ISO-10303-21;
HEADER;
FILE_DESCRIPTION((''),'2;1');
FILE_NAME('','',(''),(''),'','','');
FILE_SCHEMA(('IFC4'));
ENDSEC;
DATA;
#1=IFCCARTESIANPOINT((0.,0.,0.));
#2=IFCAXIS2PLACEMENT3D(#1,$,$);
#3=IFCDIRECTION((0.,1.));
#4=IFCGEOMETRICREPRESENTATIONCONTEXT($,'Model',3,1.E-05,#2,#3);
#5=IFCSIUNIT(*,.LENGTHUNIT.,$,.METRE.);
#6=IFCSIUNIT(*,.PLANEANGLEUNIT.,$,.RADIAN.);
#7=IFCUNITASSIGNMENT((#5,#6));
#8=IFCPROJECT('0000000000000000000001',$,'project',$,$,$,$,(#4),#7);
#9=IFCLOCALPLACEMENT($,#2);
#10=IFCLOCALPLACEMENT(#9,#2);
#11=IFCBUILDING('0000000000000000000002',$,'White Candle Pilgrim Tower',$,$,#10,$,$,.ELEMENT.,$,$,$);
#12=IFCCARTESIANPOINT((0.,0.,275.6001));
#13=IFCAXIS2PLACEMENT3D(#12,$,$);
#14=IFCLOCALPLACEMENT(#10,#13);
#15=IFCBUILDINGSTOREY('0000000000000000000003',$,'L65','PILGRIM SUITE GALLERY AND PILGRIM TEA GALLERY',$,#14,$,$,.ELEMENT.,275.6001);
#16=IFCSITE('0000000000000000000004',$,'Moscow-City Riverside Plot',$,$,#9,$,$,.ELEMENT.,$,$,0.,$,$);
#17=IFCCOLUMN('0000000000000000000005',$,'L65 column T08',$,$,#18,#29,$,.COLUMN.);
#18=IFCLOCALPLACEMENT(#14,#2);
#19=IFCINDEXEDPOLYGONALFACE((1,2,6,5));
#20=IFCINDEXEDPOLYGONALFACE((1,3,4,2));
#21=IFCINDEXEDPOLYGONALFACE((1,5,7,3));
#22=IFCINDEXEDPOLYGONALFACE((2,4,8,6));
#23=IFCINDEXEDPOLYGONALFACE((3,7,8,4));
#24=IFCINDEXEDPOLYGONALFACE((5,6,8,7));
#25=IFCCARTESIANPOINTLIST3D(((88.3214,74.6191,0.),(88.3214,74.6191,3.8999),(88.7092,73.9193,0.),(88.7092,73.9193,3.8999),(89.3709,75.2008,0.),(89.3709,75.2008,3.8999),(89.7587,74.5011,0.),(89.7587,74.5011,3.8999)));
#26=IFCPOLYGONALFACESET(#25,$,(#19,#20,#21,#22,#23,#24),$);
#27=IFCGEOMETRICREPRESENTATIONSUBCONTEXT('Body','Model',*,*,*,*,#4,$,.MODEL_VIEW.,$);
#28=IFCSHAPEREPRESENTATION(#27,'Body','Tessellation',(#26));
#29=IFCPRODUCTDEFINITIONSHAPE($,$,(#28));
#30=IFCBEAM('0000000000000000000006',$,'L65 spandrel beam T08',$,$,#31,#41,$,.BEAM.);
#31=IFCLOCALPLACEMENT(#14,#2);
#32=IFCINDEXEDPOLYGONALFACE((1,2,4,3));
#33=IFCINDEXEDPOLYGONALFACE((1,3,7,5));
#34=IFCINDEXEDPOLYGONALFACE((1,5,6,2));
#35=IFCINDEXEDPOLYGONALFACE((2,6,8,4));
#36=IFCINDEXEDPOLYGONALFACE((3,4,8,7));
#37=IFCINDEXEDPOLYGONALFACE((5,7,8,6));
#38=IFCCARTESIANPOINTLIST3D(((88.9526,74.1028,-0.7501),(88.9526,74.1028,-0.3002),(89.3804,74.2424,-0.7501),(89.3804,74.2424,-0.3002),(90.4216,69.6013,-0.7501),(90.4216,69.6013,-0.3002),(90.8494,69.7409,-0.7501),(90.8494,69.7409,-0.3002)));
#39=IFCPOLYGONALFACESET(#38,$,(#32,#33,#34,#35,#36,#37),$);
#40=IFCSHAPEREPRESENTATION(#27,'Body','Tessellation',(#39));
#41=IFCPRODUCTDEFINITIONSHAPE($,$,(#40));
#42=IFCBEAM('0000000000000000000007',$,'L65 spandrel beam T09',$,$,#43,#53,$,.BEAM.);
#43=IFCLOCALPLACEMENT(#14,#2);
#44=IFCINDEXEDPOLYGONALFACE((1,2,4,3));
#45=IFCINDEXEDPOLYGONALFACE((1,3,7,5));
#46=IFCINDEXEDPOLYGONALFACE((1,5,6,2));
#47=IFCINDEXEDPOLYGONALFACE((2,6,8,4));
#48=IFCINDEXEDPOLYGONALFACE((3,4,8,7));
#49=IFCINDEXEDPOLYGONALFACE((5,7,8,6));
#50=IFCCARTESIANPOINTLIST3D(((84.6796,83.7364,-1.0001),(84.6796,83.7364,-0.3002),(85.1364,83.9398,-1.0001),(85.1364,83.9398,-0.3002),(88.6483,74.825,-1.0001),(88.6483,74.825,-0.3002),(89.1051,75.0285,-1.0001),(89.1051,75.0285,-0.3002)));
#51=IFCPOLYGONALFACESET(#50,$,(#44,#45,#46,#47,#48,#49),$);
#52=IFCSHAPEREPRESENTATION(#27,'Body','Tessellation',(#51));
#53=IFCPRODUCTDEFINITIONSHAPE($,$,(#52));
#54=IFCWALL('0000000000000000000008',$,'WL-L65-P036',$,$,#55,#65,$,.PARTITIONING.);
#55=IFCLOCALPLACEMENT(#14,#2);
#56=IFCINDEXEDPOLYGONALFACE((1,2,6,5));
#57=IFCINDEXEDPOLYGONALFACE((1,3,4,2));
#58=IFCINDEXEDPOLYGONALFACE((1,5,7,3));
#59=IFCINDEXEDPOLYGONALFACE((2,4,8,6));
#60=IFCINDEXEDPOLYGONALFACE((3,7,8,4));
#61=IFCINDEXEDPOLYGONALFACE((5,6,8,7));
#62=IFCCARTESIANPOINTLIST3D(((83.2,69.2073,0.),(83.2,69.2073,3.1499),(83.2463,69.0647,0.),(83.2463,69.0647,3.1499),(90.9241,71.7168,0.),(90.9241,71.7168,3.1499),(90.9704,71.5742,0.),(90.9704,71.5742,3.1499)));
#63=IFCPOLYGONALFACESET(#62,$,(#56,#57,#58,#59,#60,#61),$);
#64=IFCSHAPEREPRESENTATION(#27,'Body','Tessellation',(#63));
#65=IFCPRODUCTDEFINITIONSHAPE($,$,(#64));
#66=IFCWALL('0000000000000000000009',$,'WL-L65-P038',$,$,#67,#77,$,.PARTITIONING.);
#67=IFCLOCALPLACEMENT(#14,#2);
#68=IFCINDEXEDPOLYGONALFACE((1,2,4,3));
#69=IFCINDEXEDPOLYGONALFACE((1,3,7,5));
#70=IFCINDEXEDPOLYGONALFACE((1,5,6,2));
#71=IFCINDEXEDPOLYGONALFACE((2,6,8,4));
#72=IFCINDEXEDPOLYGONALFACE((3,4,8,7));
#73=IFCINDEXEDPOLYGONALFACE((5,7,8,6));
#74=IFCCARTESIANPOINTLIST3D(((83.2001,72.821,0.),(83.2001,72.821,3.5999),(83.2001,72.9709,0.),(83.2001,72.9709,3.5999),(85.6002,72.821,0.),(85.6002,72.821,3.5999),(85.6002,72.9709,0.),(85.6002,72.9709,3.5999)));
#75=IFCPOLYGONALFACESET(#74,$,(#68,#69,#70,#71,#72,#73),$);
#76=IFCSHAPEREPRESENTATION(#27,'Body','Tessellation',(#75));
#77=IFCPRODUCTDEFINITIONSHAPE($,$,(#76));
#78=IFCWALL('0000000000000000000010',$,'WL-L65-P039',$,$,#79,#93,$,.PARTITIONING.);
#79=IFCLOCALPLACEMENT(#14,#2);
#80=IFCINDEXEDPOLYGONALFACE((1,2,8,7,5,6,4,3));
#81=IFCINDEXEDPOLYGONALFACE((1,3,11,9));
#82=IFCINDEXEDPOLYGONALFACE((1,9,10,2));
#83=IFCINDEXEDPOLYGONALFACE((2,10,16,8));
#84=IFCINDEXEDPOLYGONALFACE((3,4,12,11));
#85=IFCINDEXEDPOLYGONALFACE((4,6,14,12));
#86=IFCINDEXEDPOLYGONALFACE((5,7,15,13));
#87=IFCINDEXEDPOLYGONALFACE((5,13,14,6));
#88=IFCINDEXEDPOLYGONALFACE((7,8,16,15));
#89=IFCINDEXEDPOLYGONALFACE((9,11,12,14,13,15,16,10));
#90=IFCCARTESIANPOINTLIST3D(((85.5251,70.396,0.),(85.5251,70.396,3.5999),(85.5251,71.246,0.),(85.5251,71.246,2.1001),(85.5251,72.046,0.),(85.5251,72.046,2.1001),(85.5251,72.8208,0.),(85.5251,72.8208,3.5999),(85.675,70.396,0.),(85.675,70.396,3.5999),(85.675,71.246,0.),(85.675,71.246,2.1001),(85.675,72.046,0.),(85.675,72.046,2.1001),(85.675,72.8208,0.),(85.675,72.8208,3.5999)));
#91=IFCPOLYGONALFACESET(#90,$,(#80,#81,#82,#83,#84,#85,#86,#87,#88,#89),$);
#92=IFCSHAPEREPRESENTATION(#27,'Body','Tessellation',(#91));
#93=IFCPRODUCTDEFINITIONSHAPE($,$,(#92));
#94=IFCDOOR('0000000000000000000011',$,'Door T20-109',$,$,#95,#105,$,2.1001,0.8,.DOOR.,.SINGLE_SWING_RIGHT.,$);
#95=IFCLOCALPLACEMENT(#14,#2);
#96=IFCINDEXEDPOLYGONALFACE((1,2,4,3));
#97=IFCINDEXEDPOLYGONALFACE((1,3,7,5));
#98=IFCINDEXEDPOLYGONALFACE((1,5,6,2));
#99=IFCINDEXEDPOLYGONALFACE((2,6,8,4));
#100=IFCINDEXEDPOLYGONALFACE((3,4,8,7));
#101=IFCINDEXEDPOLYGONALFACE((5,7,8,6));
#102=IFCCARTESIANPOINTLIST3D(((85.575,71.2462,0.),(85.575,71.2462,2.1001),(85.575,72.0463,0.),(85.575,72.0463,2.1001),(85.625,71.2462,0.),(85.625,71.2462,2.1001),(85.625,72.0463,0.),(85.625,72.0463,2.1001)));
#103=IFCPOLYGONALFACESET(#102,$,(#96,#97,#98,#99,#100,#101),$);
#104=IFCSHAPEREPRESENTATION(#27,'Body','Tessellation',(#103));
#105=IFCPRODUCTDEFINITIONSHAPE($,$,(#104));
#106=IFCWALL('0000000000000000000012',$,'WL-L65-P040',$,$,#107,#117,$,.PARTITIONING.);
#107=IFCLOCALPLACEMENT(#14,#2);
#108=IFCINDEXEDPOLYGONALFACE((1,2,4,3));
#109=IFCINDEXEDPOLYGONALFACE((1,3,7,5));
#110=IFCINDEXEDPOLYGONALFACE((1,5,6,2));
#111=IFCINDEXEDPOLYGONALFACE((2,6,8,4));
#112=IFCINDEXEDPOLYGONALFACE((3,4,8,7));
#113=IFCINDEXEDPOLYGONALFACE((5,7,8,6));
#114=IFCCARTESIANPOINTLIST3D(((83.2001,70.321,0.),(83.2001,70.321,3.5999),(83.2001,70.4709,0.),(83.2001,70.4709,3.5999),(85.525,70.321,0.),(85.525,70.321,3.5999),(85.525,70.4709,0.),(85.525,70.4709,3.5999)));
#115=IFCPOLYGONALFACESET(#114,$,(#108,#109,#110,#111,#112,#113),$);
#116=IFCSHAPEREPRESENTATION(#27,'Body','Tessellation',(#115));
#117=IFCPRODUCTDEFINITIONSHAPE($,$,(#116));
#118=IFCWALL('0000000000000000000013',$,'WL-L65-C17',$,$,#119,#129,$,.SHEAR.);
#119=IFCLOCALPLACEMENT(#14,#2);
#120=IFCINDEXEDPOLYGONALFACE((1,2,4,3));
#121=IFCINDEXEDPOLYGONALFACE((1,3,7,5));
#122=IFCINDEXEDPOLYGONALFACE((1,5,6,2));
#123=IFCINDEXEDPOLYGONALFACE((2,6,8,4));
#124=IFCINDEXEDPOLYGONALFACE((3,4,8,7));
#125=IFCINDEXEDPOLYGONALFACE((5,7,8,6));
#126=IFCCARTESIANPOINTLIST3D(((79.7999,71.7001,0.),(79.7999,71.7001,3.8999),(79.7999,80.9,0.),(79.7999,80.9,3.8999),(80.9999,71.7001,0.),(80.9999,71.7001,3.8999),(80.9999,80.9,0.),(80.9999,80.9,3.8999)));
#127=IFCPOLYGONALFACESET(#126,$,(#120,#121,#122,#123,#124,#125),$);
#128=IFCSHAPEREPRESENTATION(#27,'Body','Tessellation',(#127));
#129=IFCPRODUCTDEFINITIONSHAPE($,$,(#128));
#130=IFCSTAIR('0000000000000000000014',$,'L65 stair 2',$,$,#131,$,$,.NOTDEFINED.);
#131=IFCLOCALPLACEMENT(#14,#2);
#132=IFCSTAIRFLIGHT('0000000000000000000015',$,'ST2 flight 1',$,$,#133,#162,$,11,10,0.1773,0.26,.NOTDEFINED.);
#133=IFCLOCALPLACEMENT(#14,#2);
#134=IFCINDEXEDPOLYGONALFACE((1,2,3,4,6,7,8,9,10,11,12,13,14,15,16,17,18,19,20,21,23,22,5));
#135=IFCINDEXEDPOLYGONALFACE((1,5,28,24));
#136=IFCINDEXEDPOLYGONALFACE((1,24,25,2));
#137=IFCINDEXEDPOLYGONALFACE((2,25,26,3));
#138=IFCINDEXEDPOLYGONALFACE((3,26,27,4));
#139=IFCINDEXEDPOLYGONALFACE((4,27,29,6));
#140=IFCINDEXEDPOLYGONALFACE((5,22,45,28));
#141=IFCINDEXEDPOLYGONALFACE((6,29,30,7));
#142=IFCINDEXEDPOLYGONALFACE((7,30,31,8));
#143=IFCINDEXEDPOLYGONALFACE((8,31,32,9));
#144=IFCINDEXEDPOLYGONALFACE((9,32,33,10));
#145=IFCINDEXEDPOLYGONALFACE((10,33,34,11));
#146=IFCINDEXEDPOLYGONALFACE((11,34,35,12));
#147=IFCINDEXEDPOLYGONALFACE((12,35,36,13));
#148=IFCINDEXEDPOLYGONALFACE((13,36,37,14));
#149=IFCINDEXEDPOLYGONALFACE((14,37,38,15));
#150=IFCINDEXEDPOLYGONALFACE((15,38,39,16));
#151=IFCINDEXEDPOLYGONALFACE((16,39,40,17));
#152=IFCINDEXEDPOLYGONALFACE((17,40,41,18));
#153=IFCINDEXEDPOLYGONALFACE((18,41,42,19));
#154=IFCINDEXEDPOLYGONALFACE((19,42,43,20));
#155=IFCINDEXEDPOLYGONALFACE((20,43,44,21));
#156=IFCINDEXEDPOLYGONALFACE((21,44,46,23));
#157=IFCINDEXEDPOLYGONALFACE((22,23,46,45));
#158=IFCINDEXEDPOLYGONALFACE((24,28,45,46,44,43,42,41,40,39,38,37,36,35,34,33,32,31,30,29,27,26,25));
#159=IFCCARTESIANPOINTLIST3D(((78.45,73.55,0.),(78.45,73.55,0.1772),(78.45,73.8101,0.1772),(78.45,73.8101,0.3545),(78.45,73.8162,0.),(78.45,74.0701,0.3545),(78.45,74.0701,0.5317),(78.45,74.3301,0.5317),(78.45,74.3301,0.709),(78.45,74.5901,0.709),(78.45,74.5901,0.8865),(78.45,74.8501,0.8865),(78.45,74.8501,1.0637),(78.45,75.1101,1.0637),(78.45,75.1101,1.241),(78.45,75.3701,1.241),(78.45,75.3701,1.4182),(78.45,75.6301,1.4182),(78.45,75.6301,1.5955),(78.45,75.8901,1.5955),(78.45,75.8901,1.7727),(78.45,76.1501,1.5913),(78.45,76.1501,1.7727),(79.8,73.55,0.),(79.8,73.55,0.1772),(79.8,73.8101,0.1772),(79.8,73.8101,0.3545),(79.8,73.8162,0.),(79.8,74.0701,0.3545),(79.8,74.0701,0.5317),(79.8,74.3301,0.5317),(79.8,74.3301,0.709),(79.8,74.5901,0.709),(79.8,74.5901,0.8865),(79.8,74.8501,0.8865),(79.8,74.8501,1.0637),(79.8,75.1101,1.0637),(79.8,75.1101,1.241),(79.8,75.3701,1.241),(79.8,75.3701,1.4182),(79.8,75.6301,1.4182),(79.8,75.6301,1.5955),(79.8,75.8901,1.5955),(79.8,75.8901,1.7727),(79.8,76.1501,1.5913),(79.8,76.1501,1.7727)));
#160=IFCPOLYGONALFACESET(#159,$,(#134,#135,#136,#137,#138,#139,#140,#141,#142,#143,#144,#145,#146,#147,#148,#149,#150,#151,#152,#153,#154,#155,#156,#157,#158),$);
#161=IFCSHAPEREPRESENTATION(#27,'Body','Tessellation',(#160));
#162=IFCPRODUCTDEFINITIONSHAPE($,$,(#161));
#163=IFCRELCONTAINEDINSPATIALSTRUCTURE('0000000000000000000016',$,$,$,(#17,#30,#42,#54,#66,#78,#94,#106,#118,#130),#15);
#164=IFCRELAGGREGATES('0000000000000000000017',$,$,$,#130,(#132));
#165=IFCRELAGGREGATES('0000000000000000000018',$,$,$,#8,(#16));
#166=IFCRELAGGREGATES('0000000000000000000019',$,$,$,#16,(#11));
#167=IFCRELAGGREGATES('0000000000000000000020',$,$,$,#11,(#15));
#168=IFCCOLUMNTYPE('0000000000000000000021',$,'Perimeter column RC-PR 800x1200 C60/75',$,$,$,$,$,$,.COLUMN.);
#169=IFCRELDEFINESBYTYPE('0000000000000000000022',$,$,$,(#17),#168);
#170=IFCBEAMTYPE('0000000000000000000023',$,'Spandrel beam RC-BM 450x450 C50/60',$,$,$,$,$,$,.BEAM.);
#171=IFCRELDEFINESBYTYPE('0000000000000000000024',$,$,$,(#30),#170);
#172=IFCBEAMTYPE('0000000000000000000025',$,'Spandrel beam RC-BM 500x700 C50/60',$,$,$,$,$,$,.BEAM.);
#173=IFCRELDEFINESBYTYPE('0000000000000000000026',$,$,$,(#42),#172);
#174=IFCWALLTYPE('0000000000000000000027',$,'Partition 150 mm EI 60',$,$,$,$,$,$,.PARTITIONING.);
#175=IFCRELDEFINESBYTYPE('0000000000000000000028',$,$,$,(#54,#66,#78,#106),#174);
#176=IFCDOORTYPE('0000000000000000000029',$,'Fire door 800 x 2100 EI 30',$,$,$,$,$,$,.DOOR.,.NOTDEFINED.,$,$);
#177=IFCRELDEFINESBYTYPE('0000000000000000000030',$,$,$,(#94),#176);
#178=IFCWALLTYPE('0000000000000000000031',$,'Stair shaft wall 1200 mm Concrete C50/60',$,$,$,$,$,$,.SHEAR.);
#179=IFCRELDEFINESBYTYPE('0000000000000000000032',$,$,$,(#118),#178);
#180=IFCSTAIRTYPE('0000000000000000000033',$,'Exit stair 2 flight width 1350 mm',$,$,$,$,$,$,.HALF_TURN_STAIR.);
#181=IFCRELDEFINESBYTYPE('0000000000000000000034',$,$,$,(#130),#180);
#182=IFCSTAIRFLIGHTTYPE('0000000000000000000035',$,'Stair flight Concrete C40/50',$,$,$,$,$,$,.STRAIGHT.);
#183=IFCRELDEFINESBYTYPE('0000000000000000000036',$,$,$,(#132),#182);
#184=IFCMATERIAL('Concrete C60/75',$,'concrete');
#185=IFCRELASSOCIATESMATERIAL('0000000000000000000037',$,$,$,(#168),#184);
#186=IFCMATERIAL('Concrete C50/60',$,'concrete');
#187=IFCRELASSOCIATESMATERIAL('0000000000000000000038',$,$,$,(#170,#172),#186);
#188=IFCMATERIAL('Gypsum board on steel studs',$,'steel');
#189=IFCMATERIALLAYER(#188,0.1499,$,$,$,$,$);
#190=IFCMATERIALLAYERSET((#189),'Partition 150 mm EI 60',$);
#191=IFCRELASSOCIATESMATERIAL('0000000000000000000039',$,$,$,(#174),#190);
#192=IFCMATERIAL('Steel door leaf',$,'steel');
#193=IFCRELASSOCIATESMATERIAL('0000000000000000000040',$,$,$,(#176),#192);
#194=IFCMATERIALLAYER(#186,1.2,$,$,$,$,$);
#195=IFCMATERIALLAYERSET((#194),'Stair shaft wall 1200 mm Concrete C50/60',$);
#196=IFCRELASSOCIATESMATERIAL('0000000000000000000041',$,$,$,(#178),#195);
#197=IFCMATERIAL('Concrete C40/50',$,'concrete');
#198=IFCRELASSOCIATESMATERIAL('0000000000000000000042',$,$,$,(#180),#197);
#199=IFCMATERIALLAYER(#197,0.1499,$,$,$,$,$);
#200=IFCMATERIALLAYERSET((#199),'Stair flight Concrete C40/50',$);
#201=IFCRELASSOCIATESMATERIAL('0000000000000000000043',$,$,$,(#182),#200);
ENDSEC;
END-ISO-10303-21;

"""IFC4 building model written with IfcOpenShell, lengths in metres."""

from ifc_helpers import new_model, si_unit, direction, frame, frame_2d, origin, origin_2d, place, context, subcontext, project, spatial, polyline, rectangle, outline, extrude, material, layer, layer_set, material_profile, profile_set, type_object, element, fill, aggregate, save


model = new_model("IFC4")

# Units and contexts
model_context = context("Model", 3, precision=1e-05, world=origin(), true_north=direction((0.0, 1.0)))
body_context = subcontext(model_context, "Body", "Model", "MODEL_VIEW")
ifc_project = project(units=[si_unit("LENGTHUNIT", "METRE"), si_unit("PLANEANGLEUNIT", "RADIAN")], contexts=[model_context])

# Site, building, storey
site_placement = place(None, origin())
site = spatial("IfcSite", under=ifc_project, at=site_placement, Name="Moscow-City Riverside Plot", CompositionType="ELEMENT", RefElevation=0.0)
building_placement = place(site_placement, origin())
building = spatial("IfcBuilding", under=site, at=building_placement, Name="White Candle Pilgrim Tower", CompositionType="ELEMENT")
storey_placement = place(building_placement, frame((0.0, 0.0, 275.6001)))
storey = spatial("IfcBuildingStorey", under=building, at=storey_placement, Name="L65", Description="PILGRIM SUITE GALLERY AND PILGRIM TEA GALLERY", CompositionType="ELEMENT", Elevation=275.6001)

# Column
ifc_material_1 = material(Name="Concrete C60/75", Category="concrete")
ifc_material_profile_1 = material_profile(ifc_material_1, rectangle(XDim=0.8, YDim=1.2, at=origin_2d()), Name="RC-PR 800x1200")
ifc_profile_set_1 = profile_set([ifc_material_profile_1], Name="Concrete C60/75")
column_type = type_object("IfcColumnType", Name="Perimeter column RC-PR 800x1200 C60/75", PredefinedType="COLUMN", material=ifc_profile_set_1)
column_placement = place(storey_placement, frame((89.04, 74.5601, 0.0), z_axis=(0.0, 0.0, 1.0), x_axis=(0.48481, -0.87462, 0.0)))
element("IfcColumn", 1, at=column_placement, inside=storey, type_object=column_type, Name="L65 column T08", PredefinedType="COLUMN", context=body_context, shape_type="SweptSolid", body=[
    extrude(rectangle(XDim=0.8, YDim=1.2, at=origin_2d()), origin(), (0.0, 0.0, 1.0), 3.8999),
])

# Beams
ifc_material_2 = material(Name="Concrete C50/60", Category="concrete")
ifc_material_profile_2 = material_profile(ifc_material_2, rectangle(XDim=0.45, YDim=0.45, at=origin_2d()), Name="RC-BM 450x450")
ifc_profile_set_2 = profile_set([ifc_material_profile_2], Name="Concrete C50/60")
beam_type_1 = type_object("IfcBeamType", Name="Spandrel beam RC-BM 450x450 C50/60", PredefinedType="BEAM", material=ifc_profile_set_2)
beam_1_placement = place(storey_placement, frame((90.6355, 69.6711, -0.5251), z_axis=(-0.310235, 0.95066, 0.0), x_axis=(-0.95066, -0.310235, 0.0)))
element("IfcBeam", 2, at=beam_1_placement, inside=storey, type_object=beam_type_1, Name="L65 spandrel beam T08", PredefinedType="BEAM", context=body_context, shape_type="SweptSolid", body=[
    extrude(rectangle(XDim=0.45, YDim=0.45, at=origin_2d()), origin(), (0.0, 0.0, 1.0), 4.7351),
])
ifc_material_profile_3 = material_profile(ifc_material_2, rectangle(XDim=0.5, YDim=0.7, at=origin_2d()), Name="RC-BM 500x700")
ifc_profile_set_3 = profile_set([ifc_material_profile_3], Name="Concrete C50/60")
beam_type_2 = type_object("IfcBeamType", Name="Spandrel beam RC-BM 500x700 C50/60", PredefinedType="BEAM", material=ifc_profile_set_3)
beam_2_placement = place(storey_placement, frame((88.8767, 74.9268, -0.6501), z_axis=(-0.406835, 0.913502, 0.0), x_axis=(-0.913502, -0.406835, 0.0)))
element("IfcBeam", 3, at=beam_2_placement, inside=storey, type_object=beam_type_2, Name="L65 spandrel beam T09", PredefinedType="BEAM", context=body_context, shape_type="SweptSolid", body=[
    extrude(rectangle(XDim=0.5, YDim=0.7, at=origin_2d()), origin(), (0.0, 0.0, 1.0), 9.7551),
])

# Walls
ifc_material_3 = material(Name="Gypsum board on steel studs", Category="steel")
ifc_layer_1 = layer(ifc_material_3, 0.1499)
ifc_layer_set_1 = layer_set([ifc_layer_1], Name="Partition 150 mm EI 60")
wall_type_1 = type_object("IfcWallType", Name="Partition 150 mm EI 60", PredefinedType="PARTITIONING", material=ifc_layer_set_1)
wall_1_placement = place(storey_placement, frame((90.9473, 71.6455, 0.0), z_axis=(0.0, 0.0, 1.0), x_axis=(-0.951064, -0.308995, 0.0)))
element("IfcWall", 4, at=wall_1_placement, inside=storey, type_object=wall_type_1, Name="WL-L65-P036", PredefinedType="PARTITIONING", context=body_context, shape_type="SweptSolid", body=[
    extrude(rectangle(XDim=8.1216, YDim=0.1499, at=frame_2d((4.0608, 0.0))), origin(), (0.0, 0.0, 1.0), 3.1499),
])
wall_2_placement = place(storey_placement, frame((83.2, 72.896, 0.0), z_axis=(0.0, 0.0, 1.0), x_axis=(1.0, 0.0, 0.0)))
element("IfcWall", 5, at=wall_2_placement, inside=storey, type_object=wall_type_1, Name="WL-L65-P038", PredefinedType="PARTITIONING", context=body_context, shape_type="SweptSolid", body=[
    extrude(rectangle(XDim=2.4001, YDim=0.1499, at=frame_2d((1.2002, 0.0))), origin(), (0.0, 0.0, 1.0), 3.5999),
])

# Wall, opening, door
wall_3_placement = place(storey_placement, frame((85.6001, 70.396, 0.0), z_axis=(0.0, 0.0, 1.0), x_axis=(0.0, 1.0, 0.0)))
wall_3 = element("IfcWall", 6, at=wall_3_placement, inside=storey, type_object=wall_type_1, Name="WL-L65-P039", PredefinedType="PARTITIONING", context=body_context, shape_type="SweptSolid", body=[
    extrude(rectangle(XDim=2.4248, YDim=0.1499, at=frame_2d((1.2124, 0.0))), origin(), (0.0, 0.0, 1.0), 3.5999),
])
opening_placement = place(wall_3_placement, frame((0.8501, 0.0, 0.0)))
opening = element("IfcOpeningElement", 7, at=opening_placement, cuts=wall_3, PredefinedType="OPENING", context=body_context, shape_type="SweptSolid", body=[
    extrude(rectangle(XDim=0.8, YDim=2.1001, at=frame_2d((0.3999, 1.05))), frame((0.0, 0.085, 0.0), z_axis=(0.0, -1.0, 0.0), x_axis=(1.0, 0.0, 0.0)), (0.0, 0.0, 1.0), 0.1699),
])
ifc_material_4 = material(Name="Steel door leaf", Category="steel")
door_type = type_object("IfcDoorType", Name="Fire door 800 x 2100 EI 30", OperationType="NOTDEFINED", PredefinedType="DOOR", material=ifc_material_4)
door_placement = place(opening_placement, frame((0.8, 0.0, 0.0), z_axis=(0.0, 0.0, 1.0), x_axis=(-1.0, 0.0, 0.0)))
door = element("IfcDoor", 8, at=door_placement, inside=storey, type_object=door_type, Name="Door T20-109", OperationType="SINGLE_SWING_RIGHT", OverallHeight=2.1001, OverallWidth=0.8, PredefinedType="DOOR", context=body_context, shape_type="SweptSolid", body=[
    extrude(rectangle(XDim=0.8, YDim=2.1001, at=frame_2d((0.3999, 1.05))), frame((0.0, 0.0249, 0.0), z_axis=(0.0, -1.0, 0.0), x_axis=(1.0, 0.0, 0.0)), (0.0, 0.0, 1.0), 0.05),
])
fill(opening, door)

# Walls
wall_4_placement = place(storey_placement, frame((83.2, 70.396, 0.0), z_axis=(0.0, 0.0, 1.0), x_axis=(1.0, 0.0, 0.0)))
element("IfcWall", 9, at=wall_4_placement, inside=storey, type_object=wall_type_1, Name="WL-L65-P040", PredefinedType="PARTITIONING", context=body_context, shape_type="SweptSolid", body=[
    extrude(rectangle(XDim=2.325, YDim=0.1499, at=frame_2d((1.1626, 0.0))), origin(), (0.0, 0.0, 1.0), 3.5999),
])
ifc_layer_2 = layer(ifc_material_2, 1.2)
ifc_layer_set_2 = layer_set([ifc_layer_2], Name="Stair shaft wall 1200 mm Concrete C50/60")
wall_type_2 = type_object("IfcWallType", Name="Stair shaft wall 1200 mm Concrete C50/60", PredefinedType="SHEAR", material=ifc_layer_set_2)
wall_5_placement = place(storey_placement, frame((80.3999, 71.7, 0.0), z_axis=(0.0, 0.0, 1.0), x_axis=(0.0, 1.0, 0.0)))
element("IfcWall", 10, at=wall_5_placement, inside=storey, type_object=wall_type_2, Name="WL-L65-C17", PredefinedType="SHEAR", context=body_context, shape_type="SweptSolid", body=[
    extrude(rectangle(XDim=9.2, YDim=1.2, at=frame_2d((4.6001, 0.0))), origin(), (0.0, 0.0, 1.0), 3.8999),
])

# Stair, stair flight
ifc_material_5 = material(Name="Concrete C40/50", Category="concrete")
stair_type = type_object("IfcStairType", Name="Exit stair 2 flight width 1350 mm", PredefinedType="HALF_TURN_STAIR", material=ifc_material_5)
stair_placement = place(storey_placement, origin())
stair = element("IfcStair", 11, at=stair_placement, inside=storey, type_object=stair_type, Name="L65 stair 2", PredefinedType="NOTDEFINED")
ifc_layer_3 = layer(ifc_material_5, 0.1499)
ifc_layer_set_3 = layer_set([ifc_layer_3], Name="Stair flight Concrete C40/50")
stair_flight_type = type_object("IfcStairFlightType", Name="Stair flight Concrete C40/50", PredefinedType="STRAIGHT", material=ifc_layer_set_3)
stair_flight_1_placement = place(storey_placement, frame((79.125, 73.55, 0.0), z_axis=(0.0, 0.0, 1.0), x_axis=(0.0, 1.0, 0.0)))
stair_flight_1 = element("IfcStairFlight", 12, at=stair_flight_1_placement, type_object=stair_flight_type, Name="ST2 flight 1", NumberOfRisers=11, NumberOfTreads=10, PredefinedType="NOTDEFINED", RiserHeight=0.1773, TreadLength=0.26, context=body_context, shape_type="SweptSolid", body=[
    extrude(outline(polyline([(0.0, 0.0), (0.0, 0.1772), (0.26, 0.1772), (0.26, 0.3545), (0.52, 0.3545), (0.52, 0.5317), (0.78, 0.5317), (0.78, 0.709), (1.04, 0.709), (1.04, 0.8865), (1.3, 0.8865), (1.3, 1.0637), (1.5601, 1.0637), (1.5601, 1.241), (1.8201, 1.241), (1.8201, 1.4182), (2.0801, 1.4182), (2.0801, 1.5955), (2.3401, 1.5955), (2.3401, 1.7727), (2.6001, 1.7727), (2.6001, 1.95), (2.6001, 1.5913), (0.2661, 0.0), (0.0, 0.0)])), frame((0.0, 0.675, 0.0), z_axis=(0.0, -1.0, 0.0), x_axis=(1.0, 0.0, 0.0)), (0.0, 0.0, 1.0), 1.3501),
])
aggregate(stair, [stair_flight_1])

save(model, "model.ifc")
